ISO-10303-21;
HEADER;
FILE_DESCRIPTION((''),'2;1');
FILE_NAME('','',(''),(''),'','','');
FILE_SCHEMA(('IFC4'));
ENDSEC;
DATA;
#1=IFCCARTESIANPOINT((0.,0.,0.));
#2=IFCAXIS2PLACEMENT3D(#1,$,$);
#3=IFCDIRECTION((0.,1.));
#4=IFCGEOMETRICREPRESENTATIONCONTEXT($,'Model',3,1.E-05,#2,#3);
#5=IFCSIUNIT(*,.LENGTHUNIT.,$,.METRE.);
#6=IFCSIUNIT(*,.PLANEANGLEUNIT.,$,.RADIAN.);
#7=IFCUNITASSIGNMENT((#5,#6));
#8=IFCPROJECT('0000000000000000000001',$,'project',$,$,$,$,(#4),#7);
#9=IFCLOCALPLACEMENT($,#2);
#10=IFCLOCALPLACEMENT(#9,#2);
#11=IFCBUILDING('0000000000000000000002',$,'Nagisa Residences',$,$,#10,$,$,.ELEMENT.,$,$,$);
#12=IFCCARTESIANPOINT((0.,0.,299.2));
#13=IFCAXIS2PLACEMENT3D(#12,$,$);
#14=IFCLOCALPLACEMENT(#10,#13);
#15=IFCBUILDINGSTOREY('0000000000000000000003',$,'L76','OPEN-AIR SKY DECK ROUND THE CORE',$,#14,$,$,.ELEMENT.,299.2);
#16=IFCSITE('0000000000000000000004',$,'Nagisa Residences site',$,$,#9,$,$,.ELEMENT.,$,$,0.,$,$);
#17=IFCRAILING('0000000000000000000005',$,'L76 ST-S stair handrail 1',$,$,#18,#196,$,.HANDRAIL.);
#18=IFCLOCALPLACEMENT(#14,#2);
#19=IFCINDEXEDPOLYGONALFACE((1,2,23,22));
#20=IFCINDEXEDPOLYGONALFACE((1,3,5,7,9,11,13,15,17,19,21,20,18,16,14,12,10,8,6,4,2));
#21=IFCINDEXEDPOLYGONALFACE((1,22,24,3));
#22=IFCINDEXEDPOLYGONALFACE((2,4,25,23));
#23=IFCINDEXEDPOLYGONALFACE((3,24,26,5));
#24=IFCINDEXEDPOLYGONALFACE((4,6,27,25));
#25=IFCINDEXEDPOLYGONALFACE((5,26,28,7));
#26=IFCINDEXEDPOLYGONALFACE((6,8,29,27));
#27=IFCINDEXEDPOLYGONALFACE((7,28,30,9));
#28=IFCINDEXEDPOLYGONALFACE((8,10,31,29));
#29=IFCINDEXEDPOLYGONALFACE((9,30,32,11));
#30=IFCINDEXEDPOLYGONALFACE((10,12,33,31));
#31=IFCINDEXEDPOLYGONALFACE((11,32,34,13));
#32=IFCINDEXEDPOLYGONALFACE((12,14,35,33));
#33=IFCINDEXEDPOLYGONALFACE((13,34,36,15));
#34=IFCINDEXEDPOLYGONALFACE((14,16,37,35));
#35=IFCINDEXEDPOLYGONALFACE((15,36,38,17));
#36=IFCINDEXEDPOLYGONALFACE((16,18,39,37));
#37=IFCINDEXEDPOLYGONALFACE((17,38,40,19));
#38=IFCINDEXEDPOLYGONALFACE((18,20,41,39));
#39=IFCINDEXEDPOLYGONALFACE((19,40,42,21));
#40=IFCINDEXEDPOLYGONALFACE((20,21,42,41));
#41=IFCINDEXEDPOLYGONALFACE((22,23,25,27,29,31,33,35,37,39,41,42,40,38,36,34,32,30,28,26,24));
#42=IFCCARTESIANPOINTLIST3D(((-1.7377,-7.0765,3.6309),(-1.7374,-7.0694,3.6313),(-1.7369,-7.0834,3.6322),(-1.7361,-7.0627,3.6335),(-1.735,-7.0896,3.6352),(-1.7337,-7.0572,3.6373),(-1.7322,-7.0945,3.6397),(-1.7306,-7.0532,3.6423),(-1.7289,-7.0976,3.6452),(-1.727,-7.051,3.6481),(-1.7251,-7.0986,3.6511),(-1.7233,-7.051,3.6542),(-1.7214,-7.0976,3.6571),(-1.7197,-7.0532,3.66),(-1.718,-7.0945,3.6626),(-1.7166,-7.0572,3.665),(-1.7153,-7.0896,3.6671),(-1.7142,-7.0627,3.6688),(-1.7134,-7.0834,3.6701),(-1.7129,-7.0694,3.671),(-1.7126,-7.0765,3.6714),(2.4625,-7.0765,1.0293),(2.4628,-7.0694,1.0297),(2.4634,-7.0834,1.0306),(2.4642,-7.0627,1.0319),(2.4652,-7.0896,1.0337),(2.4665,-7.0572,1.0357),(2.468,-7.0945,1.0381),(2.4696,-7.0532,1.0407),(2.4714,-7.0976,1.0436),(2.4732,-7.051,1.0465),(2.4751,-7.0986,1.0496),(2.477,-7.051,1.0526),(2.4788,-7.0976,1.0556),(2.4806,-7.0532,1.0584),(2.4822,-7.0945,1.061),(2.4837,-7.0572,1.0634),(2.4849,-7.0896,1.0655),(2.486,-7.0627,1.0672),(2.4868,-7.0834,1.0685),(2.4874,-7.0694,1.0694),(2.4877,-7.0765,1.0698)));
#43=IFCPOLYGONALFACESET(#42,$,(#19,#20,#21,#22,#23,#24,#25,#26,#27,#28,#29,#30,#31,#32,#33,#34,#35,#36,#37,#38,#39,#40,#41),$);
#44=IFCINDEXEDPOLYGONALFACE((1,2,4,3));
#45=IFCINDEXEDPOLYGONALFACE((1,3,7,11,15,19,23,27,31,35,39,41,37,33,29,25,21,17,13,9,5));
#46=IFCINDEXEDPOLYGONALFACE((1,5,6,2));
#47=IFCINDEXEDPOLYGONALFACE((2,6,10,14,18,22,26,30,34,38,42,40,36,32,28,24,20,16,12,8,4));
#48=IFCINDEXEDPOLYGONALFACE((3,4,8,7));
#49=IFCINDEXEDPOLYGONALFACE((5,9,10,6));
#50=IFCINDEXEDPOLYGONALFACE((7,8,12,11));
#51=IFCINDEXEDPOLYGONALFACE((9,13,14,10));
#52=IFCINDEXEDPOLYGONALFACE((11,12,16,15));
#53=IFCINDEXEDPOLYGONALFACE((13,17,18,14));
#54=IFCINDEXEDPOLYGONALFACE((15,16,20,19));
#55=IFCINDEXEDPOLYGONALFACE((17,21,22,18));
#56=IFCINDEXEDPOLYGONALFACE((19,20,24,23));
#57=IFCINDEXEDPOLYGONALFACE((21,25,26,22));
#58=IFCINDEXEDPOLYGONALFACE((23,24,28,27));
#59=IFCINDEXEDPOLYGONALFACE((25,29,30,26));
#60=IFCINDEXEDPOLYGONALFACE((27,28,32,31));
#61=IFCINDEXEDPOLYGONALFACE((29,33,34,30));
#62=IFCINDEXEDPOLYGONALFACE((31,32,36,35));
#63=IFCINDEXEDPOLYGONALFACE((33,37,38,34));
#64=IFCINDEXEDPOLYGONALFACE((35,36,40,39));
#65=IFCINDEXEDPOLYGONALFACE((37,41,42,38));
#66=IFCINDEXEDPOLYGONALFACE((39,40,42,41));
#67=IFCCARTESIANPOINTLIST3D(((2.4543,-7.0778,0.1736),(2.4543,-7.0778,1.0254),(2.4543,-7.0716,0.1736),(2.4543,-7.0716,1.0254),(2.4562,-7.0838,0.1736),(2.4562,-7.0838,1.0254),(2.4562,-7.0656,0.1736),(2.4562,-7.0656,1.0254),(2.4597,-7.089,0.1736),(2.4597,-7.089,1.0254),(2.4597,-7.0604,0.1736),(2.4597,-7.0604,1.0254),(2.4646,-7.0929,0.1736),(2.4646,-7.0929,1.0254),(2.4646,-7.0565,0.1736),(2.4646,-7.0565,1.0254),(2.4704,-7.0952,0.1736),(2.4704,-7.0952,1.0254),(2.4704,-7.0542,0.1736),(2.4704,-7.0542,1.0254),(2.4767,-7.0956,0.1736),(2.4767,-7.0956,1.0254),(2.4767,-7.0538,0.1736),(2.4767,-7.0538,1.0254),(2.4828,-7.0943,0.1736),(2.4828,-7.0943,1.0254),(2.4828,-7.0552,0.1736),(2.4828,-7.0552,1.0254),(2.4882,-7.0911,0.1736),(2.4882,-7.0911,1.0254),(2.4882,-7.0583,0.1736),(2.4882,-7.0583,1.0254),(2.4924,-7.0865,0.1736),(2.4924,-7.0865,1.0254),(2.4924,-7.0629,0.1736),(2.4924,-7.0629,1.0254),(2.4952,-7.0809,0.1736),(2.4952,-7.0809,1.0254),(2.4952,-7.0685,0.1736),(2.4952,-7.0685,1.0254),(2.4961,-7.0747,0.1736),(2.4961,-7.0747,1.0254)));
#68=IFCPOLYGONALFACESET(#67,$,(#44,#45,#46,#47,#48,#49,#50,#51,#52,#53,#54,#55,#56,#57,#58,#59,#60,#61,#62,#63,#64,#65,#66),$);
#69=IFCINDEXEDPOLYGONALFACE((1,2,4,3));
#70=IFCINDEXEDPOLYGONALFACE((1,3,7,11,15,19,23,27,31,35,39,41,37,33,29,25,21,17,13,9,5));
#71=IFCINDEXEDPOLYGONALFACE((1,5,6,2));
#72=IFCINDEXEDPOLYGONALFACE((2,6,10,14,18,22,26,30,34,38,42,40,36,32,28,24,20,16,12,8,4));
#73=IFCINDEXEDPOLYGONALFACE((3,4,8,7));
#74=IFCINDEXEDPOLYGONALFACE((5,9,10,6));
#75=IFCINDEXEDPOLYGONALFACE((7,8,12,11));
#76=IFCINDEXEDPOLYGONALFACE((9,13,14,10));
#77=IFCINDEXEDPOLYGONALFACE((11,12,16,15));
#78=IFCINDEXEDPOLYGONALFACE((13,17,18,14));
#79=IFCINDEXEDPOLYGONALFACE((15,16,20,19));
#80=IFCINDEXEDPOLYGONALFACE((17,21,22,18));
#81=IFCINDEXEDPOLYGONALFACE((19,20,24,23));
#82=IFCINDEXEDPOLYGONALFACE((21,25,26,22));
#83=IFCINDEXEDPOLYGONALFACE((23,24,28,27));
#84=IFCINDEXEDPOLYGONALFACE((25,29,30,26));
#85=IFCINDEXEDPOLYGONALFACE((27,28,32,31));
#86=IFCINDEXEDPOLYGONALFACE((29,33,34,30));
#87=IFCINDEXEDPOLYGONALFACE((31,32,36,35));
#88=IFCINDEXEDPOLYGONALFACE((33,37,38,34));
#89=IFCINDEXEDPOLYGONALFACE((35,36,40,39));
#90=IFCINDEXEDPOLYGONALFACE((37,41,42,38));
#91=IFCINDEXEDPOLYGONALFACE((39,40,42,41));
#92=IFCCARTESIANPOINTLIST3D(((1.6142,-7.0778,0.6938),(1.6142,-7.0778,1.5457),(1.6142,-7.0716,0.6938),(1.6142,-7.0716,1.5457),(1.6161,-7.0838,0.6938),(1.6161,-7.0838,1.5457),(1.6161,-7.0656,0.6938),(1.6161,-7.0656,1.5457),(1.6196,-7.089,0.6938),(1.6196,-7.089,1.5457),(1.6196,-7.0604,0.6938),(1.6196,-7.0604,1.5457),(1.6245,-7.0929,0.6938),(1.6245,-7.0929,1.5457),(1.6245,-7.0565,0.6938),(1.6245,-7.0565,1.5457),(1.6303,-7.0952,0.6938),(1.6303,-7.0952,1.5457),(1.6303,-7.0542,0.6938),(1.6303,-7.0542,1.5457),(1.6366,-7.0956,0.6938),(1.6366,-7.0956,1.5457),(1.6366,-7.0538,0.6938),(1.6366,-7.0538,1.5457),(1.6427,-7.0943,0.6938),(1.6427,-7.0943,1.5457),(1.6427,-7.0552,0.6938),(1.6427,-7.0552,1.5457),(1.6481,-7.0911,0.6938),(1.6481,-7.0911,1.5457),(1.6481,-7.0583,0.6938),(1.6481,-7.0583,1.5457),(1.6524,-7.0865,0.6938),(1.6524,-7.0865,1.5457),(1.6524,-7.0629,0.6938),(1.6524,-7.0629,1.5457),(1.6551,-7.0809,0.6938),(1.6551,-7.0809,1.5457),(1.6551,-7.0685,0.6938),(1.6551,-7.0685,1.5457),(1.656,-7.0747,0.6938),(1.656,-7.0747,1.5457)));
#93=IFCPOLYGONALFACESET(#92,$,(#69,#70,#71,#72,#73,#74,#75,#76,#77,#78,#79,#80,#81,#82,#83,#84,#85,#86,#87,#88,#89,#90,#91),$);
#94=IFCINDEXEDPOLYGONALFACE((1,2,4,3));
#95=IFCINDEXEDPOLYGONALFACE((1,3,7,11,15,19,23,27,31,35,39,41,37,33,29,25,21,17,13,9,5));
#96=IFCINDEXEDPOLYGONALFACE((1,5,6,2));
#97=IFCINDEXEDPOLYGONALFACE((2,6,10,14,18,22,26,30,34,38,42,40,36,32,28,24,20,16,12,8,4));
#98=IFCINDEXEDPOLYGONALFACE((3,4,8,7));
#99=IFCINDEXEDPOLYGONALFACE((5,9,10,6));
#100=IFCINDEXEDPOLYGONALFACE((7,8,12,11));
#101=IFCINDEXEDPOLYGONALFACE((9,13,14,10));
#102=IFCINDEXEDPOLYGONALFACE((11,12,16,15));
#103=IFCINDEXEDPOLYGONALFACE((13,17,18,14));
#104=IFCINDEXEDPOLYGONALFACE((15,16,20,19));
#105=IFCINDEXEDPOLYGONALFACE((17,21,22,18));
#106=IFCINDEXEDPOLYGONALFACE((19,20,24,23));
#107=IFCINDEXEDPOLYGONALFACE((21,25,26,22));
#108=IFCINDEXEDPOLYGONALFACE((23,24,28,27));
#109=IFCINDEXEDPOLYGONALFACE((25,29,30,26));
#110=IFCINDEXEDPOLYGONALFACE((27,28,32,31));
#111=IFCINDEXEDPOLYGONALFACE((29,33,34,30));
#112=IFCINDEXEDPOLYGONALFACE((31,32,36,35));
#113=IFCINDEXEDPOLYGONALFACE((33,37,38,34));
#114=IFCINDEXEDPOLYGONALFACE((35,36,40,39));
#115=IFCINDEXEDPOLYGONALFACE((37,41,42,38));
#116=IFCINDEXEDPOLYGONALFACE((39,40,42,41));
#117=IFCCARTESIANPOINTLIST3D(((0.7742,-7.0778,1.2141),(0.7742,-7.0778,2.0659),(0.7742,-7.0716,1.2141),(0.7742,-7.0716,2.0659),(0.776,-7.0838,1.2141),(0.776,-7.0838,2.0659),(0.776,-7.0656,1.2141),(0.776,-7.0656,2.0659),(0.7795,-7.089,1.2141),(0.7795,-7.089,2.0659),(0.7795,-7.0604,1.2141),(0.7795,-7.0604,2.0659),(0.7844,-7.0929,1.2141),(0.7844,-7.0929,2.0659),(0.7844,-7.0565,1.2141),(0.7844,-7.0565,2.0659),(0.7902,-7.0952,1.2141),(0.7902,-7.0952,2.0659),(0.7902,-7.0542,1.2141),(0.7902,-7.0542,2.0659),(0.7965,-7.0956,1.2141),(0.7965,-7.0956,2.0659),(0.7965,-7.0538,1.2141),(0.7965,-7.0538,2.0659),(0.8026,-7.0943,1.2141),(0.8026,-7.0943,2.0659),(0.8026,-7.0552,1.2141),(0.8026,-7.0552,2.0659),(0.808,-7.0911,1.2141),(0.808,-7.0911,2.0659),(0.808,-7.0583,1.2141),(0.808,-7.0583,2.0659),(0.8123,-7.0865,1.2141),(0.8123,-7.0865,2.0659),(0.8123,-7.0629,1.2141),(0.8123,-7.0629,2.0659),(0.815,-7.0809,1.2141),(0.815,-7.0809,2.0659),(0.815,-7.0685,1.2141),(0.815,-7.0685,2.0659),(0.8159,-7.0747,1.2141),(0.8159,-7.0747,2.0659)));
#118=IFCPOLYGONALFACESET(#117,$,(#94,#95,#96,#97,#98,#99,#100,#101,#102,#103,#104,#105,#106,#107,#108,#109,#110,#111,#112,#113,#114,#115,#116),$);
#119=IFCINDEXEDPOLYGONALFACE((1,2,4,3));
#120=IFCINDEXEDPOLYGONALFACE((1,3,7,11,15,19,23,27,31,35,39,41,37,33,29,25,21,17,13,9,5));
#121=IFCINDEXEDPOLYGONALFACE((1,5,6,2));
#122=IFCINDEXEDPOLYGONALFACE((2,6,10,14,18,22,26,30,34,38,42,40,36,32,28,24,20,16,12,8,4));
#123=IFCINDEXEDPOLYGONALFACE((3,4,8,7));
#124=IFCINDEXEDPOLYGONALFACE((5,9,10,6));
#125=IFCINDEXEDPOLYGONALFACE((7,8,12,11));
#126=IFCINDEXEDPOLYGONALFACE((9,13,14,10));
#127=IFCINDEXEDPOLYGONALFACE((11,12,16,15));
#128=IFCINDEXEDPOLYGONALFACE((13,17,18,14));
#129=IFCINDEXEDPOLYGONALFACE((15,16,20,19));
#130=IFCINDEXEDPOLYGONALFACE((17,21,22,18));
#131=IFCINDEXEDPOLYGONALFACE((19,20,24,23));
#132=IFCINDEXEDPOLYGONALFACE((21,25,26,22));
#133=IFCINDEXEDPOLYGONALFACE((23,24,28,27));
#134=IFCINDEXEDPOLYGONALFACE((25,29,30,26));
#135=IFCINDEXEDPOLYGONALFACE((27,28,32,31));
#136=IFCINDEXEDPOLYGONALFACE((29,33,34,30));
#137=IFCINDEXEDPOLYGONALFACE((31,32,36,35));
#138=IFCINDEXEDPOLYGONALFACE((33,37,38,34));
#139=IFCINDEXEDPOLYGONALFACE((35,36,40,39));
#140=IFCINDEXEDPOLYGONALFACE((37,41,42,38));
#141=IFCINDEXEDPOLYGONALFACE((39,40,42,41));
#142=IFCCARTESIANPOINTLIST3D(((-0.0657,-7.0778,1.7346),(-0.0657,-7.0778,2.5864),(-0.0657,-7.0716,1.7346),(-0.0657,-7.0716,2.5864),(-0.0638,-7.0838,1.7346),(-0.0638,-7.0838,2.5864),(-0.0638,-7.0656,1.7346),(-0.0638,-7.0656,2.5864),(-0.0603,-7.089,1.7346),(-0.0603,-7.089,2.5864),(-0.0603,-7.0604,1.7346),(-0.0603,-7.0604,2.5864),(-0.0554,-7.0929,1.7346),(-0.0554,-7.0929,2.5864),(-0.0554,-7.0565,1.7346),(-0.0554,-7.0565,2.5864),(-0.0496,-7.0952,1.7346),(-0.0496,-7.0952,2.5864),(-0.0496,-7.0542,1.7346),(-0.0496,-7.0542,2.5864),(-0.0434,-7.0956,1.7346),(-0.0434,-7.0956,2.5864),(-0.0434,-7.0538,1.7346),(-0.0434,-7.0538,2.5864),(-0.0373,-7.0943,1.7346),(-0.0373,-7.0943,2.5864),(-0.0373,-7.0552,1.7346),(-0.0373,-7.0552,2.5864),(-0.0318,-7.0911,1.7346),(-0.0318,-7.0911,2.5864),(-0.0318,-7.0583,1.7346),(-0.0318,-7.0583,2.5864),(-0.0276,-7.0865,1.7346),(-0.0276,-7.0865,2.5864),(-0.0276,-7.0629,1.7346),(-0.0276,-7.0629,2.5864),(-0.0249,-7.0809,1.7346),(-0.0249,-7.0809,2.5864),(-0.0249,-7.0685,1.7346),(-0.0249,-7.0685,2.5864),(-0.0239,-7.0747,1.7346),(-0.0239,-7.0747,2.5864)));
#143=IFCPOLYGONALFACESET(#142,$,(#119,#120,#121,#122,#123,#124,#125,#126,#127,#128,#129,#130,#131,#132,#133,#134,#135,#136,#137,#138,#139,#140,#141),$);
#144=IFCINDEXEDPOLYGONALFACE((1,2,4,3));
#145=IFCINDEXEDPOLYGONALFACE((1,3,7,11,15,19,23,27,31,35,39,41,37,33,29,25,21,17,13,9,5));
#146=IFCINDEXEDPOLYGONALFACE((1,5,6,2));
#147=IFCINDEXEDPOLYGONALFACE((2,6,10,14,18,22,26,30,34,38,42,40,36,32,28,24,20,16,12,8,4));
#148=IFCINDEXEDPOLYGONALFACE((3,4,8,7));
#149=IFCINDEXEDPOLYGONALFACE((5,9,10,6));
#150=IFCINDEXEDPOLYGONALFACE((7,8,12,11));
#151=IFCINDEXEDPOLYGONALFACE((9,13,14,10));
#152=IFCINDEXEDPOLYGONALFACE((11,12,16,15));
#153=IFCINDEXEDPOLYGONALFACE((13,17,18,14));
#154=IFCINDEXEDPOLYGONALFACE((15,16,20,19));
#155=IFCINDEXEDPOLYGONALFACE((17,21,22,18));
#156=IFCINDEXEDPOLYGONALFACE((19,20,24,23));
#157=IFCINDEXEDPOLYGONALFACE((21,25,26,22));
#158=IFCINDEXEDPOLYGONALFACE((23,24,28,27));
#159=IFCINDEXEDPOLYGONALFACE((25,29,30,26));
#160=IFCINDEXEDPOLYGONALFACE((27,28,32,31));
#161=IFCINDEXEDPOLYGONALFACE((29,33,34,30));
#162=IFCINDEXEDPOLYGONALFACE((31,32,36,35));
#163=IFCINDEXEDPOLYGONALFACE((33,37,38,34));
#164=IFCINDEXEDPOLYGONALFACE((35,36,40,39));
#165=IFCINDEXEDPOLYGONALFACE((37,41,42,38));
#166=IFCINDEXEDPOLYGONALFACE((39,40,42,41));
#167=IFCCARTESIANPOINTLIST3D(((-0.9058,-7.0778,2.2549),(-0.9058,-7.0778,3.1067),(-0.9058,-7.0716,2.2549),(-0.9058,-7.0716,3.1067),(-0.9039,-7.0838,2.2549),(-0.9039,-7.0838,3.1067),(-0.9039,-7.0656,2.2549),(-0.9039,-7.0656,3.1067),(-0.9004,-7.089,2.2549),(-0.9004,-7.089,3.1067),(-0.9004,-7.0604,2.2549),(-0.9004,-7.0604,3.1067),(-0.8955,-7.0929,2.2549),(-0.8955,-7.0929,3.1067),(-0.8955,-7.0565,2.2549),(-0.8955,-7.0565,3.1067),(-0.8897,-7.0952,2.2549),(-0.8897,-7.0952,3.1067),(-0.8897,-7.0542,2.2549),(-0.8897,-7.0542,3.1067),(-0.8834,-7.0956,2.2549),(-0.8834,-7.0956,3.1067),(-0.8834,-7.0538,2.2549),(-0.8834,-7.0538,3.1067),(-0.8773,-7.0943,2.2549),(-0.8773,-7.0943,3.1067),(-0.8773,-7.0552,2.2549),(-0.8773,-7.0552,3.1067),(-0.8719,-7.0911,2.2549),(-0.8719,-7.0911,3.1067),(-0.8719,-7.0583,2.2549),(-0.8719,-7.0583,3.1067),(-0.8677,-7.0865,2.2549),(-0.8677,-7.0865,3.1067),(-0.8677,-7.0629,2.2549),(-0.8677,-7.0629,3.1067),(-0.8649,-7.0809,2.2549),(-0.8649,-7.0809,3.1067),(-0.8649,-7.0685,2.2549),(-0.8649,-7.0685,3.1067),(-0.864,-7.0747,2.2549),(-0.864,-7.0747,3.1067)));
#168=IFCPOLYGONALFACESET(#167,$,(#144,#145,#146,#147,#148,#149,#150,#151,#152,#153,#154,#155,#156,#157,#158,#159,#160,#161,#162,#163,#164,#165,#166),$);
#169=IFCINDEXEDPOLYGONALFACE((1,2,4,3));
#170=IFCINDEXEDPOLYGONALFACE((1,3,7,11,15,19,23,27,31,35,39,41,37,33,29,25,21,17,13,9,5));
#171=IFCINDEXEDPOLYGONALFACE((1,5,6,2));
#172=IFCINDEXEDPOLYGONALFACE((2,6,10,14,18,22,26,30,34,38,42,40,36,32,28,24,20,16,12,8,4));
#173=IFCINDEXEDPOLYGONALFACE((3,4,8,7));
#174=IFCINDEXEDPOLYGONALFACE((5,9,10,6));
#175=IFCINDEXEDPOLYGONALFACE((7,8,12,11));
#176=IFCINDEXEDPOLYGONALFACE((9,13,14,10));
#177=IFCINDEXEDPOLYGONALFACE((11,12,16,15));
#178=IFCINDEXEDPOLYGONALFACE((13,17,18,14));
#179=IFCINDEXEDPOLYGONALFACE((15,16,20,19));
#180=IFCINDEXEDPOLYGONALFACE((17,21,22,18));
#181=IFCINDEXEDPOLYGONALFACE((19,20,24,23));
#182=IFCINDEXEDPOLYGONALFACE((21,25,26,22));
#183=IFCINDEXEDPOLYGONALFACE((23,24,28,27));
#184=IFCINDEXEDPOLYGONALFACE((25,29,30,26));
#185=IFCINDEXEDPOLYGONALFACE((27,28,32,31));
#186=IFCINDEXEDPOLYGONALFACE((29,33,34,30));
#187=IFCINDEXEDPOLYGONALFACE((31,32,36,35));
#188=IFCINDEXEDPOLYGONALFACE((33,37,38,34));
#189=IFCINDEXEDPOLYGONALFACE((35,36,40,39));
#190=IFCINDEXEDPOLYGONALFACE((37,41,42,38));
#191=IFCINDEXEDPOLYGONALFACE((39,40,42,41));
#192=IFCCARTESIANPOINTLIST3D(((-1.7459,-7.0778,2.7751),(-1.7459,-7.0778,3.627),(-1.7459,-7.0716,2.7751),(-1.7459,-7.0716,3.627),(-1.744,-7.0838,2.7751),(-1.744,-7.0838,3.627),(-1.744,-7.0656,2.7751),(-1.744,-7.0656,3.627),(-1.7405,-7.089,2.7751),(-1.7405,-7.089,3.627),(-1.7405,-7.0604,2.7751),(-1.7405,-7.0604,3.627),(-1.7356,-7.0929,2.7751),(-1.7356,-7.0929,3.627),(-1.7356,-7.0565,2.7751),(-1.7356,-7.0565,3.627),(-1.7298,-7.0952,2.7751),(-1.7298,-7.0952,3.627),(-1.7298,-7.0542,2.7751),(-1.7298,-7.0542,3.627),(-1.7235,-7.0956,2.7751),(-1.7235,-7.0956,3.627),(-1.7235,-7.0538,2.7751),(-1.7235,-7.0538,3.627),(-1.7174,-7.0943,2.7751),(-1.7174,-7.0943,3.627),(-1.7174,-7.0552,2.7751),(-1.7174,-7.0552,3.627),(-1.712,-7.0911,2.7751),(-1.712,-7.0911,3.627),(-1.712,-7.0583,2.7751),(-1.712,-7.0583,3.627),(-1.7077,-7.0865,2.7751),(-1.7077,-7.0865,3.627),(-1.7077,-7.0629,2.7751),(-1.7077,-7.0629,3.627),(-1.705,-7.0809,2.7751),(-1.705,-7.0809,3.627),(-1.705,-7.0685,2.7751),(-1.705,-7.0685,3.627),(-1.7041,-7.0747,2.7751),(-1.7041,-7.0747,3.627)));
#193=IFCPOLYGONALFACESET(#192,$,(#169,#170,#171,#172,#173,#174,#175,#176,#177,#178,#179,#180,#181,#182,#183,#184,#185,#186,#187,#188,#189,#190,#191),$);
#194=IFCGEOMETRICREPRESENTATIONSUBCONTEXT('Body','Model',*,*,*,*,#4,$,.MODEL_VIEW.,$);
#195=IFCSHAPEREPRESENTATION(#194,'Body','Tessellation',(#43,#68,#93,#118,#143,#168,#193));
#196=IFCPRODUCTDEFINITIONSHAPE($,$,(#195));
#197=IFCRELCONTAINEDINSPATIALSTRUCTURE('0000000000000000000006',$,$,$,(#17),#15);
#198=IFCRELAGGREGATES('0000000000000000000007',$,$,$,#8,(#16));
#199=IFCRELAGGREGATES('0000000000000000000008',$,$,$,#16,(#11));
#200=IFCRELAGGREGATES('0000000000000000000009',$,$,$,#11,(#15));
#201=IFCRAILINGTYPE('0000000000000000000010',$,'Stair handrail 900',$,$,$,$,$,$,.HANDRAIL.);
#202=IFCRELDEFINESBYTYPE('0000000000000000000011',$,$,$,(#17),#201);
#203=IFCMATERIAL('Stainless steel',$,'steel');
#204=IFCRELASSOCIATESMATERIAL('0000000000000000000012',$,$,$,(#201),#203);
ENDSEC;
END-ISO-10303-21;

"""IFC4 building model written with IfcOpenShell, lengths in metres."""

from ifc_helpers import new_model, si_unit, direction, frame, origin, origin_2d, place, context, subcontext, project, spatial, circle, extrude, material, type_object, element, save


model = new_model("IFC4")

# Units and contexts
model_context = context("Model", 3, precision=1e-05, world=origin(), true_north=direction((0.0, 1.0)))
body_context = subcontext(model_context, "Body", "Model", "MODEL_VIEW")
ifc_project = project(units=[si_unit("LENGTHUNIT", "METRE"), si_unit("PLANEANGLEUNIT", "RADIAN")], contexts=[model_context])

# Site, building, storey
site_placement = place(None, origin())
site = spatial("IfcSite", under=ifc_project, at=site_placement, Name="Nagisa Residences site", CompositionType="ELEMENT", RefElevation=0.0)
building_placement = place(site_placement, origin())
building = spatial("IfcBuilding", under=site, at=building_placement, Name="Nagisa Residences", CompositionType="ELEMENT")
storey_placement = place(building_placement, frame((0.0, 0.0, 299.2)))
storey = spatial("IfcBuildingStorey", under=building, at=storey_placement, Name="L76", Description="OPEN-AIR SKY DECK ROUND THE CORE", CompositionType="ELEMENT", Elevation=299.2)

# Railing
ifc_material_1 = material(Name="Stainless steel", Category="steel")
railing_type_1 = type_object("IfcRailingType", Name="Stair handrail 900", PredefinedType="HANDRAIL", material=ifc_material_1)
for number, where, name in (
    (1, (2.4751, -7.0747, 0.1736), "L76 ST-S stair handrail 1"),
):
    element("IfcRailing", number, at=place(storey_placement, frame(where)), inside=storey, type_object=railing_type_1, Name=name, PredefinedType="HANDRAIL", context=body_context, shape_type="SweptSolid", body=[
        extrude(circle(Radius=0.0239, at=origin_2d()), frame((0.0, 0.0, 0.876), z_axis=(-0.850135, 0.0, 0.526566), x_axis=(0.0, -1.0, 0.0)), (0.0, 0.0, 1.0), 4.9407),
        extrude(circle(Radius=0.021, at=origin_2d()), origin(), (0.0, 0.0, 1.0), 0.8518),
        extrude(circle(Radius=0.021, at=origin_2d()), frame((-0.8401, 0.0, 0.5203)), (0.0, 0.0, 1.0), 0.8518),
        extrude(circle(Radius=0.021, at=origin_2d()), frame((-1.6802, 0.0, 1.0405)), (0.0, 0.0, 1.0), 0.8518),
        extrude(circle(Radius=0.021, at=origin_2d()), frame((-2.52, 0.0, 1.561)), (0.0, 0.0, 1.0), 0.8518),
        extrude(circle(Radius=0.021, at=origin_2d()), frame((-3.3601, 0.0, 2.0813)), (0.0, 0.0, 1.0), 0.8518),
        extrude(circle(Radius=0.021, at=origin_2d()), frame((-4.2002, 0.0, 2.6016)), (0.0, 0.0, 1.0), 0.8518),
    ])

save(model, "model.ifc")
